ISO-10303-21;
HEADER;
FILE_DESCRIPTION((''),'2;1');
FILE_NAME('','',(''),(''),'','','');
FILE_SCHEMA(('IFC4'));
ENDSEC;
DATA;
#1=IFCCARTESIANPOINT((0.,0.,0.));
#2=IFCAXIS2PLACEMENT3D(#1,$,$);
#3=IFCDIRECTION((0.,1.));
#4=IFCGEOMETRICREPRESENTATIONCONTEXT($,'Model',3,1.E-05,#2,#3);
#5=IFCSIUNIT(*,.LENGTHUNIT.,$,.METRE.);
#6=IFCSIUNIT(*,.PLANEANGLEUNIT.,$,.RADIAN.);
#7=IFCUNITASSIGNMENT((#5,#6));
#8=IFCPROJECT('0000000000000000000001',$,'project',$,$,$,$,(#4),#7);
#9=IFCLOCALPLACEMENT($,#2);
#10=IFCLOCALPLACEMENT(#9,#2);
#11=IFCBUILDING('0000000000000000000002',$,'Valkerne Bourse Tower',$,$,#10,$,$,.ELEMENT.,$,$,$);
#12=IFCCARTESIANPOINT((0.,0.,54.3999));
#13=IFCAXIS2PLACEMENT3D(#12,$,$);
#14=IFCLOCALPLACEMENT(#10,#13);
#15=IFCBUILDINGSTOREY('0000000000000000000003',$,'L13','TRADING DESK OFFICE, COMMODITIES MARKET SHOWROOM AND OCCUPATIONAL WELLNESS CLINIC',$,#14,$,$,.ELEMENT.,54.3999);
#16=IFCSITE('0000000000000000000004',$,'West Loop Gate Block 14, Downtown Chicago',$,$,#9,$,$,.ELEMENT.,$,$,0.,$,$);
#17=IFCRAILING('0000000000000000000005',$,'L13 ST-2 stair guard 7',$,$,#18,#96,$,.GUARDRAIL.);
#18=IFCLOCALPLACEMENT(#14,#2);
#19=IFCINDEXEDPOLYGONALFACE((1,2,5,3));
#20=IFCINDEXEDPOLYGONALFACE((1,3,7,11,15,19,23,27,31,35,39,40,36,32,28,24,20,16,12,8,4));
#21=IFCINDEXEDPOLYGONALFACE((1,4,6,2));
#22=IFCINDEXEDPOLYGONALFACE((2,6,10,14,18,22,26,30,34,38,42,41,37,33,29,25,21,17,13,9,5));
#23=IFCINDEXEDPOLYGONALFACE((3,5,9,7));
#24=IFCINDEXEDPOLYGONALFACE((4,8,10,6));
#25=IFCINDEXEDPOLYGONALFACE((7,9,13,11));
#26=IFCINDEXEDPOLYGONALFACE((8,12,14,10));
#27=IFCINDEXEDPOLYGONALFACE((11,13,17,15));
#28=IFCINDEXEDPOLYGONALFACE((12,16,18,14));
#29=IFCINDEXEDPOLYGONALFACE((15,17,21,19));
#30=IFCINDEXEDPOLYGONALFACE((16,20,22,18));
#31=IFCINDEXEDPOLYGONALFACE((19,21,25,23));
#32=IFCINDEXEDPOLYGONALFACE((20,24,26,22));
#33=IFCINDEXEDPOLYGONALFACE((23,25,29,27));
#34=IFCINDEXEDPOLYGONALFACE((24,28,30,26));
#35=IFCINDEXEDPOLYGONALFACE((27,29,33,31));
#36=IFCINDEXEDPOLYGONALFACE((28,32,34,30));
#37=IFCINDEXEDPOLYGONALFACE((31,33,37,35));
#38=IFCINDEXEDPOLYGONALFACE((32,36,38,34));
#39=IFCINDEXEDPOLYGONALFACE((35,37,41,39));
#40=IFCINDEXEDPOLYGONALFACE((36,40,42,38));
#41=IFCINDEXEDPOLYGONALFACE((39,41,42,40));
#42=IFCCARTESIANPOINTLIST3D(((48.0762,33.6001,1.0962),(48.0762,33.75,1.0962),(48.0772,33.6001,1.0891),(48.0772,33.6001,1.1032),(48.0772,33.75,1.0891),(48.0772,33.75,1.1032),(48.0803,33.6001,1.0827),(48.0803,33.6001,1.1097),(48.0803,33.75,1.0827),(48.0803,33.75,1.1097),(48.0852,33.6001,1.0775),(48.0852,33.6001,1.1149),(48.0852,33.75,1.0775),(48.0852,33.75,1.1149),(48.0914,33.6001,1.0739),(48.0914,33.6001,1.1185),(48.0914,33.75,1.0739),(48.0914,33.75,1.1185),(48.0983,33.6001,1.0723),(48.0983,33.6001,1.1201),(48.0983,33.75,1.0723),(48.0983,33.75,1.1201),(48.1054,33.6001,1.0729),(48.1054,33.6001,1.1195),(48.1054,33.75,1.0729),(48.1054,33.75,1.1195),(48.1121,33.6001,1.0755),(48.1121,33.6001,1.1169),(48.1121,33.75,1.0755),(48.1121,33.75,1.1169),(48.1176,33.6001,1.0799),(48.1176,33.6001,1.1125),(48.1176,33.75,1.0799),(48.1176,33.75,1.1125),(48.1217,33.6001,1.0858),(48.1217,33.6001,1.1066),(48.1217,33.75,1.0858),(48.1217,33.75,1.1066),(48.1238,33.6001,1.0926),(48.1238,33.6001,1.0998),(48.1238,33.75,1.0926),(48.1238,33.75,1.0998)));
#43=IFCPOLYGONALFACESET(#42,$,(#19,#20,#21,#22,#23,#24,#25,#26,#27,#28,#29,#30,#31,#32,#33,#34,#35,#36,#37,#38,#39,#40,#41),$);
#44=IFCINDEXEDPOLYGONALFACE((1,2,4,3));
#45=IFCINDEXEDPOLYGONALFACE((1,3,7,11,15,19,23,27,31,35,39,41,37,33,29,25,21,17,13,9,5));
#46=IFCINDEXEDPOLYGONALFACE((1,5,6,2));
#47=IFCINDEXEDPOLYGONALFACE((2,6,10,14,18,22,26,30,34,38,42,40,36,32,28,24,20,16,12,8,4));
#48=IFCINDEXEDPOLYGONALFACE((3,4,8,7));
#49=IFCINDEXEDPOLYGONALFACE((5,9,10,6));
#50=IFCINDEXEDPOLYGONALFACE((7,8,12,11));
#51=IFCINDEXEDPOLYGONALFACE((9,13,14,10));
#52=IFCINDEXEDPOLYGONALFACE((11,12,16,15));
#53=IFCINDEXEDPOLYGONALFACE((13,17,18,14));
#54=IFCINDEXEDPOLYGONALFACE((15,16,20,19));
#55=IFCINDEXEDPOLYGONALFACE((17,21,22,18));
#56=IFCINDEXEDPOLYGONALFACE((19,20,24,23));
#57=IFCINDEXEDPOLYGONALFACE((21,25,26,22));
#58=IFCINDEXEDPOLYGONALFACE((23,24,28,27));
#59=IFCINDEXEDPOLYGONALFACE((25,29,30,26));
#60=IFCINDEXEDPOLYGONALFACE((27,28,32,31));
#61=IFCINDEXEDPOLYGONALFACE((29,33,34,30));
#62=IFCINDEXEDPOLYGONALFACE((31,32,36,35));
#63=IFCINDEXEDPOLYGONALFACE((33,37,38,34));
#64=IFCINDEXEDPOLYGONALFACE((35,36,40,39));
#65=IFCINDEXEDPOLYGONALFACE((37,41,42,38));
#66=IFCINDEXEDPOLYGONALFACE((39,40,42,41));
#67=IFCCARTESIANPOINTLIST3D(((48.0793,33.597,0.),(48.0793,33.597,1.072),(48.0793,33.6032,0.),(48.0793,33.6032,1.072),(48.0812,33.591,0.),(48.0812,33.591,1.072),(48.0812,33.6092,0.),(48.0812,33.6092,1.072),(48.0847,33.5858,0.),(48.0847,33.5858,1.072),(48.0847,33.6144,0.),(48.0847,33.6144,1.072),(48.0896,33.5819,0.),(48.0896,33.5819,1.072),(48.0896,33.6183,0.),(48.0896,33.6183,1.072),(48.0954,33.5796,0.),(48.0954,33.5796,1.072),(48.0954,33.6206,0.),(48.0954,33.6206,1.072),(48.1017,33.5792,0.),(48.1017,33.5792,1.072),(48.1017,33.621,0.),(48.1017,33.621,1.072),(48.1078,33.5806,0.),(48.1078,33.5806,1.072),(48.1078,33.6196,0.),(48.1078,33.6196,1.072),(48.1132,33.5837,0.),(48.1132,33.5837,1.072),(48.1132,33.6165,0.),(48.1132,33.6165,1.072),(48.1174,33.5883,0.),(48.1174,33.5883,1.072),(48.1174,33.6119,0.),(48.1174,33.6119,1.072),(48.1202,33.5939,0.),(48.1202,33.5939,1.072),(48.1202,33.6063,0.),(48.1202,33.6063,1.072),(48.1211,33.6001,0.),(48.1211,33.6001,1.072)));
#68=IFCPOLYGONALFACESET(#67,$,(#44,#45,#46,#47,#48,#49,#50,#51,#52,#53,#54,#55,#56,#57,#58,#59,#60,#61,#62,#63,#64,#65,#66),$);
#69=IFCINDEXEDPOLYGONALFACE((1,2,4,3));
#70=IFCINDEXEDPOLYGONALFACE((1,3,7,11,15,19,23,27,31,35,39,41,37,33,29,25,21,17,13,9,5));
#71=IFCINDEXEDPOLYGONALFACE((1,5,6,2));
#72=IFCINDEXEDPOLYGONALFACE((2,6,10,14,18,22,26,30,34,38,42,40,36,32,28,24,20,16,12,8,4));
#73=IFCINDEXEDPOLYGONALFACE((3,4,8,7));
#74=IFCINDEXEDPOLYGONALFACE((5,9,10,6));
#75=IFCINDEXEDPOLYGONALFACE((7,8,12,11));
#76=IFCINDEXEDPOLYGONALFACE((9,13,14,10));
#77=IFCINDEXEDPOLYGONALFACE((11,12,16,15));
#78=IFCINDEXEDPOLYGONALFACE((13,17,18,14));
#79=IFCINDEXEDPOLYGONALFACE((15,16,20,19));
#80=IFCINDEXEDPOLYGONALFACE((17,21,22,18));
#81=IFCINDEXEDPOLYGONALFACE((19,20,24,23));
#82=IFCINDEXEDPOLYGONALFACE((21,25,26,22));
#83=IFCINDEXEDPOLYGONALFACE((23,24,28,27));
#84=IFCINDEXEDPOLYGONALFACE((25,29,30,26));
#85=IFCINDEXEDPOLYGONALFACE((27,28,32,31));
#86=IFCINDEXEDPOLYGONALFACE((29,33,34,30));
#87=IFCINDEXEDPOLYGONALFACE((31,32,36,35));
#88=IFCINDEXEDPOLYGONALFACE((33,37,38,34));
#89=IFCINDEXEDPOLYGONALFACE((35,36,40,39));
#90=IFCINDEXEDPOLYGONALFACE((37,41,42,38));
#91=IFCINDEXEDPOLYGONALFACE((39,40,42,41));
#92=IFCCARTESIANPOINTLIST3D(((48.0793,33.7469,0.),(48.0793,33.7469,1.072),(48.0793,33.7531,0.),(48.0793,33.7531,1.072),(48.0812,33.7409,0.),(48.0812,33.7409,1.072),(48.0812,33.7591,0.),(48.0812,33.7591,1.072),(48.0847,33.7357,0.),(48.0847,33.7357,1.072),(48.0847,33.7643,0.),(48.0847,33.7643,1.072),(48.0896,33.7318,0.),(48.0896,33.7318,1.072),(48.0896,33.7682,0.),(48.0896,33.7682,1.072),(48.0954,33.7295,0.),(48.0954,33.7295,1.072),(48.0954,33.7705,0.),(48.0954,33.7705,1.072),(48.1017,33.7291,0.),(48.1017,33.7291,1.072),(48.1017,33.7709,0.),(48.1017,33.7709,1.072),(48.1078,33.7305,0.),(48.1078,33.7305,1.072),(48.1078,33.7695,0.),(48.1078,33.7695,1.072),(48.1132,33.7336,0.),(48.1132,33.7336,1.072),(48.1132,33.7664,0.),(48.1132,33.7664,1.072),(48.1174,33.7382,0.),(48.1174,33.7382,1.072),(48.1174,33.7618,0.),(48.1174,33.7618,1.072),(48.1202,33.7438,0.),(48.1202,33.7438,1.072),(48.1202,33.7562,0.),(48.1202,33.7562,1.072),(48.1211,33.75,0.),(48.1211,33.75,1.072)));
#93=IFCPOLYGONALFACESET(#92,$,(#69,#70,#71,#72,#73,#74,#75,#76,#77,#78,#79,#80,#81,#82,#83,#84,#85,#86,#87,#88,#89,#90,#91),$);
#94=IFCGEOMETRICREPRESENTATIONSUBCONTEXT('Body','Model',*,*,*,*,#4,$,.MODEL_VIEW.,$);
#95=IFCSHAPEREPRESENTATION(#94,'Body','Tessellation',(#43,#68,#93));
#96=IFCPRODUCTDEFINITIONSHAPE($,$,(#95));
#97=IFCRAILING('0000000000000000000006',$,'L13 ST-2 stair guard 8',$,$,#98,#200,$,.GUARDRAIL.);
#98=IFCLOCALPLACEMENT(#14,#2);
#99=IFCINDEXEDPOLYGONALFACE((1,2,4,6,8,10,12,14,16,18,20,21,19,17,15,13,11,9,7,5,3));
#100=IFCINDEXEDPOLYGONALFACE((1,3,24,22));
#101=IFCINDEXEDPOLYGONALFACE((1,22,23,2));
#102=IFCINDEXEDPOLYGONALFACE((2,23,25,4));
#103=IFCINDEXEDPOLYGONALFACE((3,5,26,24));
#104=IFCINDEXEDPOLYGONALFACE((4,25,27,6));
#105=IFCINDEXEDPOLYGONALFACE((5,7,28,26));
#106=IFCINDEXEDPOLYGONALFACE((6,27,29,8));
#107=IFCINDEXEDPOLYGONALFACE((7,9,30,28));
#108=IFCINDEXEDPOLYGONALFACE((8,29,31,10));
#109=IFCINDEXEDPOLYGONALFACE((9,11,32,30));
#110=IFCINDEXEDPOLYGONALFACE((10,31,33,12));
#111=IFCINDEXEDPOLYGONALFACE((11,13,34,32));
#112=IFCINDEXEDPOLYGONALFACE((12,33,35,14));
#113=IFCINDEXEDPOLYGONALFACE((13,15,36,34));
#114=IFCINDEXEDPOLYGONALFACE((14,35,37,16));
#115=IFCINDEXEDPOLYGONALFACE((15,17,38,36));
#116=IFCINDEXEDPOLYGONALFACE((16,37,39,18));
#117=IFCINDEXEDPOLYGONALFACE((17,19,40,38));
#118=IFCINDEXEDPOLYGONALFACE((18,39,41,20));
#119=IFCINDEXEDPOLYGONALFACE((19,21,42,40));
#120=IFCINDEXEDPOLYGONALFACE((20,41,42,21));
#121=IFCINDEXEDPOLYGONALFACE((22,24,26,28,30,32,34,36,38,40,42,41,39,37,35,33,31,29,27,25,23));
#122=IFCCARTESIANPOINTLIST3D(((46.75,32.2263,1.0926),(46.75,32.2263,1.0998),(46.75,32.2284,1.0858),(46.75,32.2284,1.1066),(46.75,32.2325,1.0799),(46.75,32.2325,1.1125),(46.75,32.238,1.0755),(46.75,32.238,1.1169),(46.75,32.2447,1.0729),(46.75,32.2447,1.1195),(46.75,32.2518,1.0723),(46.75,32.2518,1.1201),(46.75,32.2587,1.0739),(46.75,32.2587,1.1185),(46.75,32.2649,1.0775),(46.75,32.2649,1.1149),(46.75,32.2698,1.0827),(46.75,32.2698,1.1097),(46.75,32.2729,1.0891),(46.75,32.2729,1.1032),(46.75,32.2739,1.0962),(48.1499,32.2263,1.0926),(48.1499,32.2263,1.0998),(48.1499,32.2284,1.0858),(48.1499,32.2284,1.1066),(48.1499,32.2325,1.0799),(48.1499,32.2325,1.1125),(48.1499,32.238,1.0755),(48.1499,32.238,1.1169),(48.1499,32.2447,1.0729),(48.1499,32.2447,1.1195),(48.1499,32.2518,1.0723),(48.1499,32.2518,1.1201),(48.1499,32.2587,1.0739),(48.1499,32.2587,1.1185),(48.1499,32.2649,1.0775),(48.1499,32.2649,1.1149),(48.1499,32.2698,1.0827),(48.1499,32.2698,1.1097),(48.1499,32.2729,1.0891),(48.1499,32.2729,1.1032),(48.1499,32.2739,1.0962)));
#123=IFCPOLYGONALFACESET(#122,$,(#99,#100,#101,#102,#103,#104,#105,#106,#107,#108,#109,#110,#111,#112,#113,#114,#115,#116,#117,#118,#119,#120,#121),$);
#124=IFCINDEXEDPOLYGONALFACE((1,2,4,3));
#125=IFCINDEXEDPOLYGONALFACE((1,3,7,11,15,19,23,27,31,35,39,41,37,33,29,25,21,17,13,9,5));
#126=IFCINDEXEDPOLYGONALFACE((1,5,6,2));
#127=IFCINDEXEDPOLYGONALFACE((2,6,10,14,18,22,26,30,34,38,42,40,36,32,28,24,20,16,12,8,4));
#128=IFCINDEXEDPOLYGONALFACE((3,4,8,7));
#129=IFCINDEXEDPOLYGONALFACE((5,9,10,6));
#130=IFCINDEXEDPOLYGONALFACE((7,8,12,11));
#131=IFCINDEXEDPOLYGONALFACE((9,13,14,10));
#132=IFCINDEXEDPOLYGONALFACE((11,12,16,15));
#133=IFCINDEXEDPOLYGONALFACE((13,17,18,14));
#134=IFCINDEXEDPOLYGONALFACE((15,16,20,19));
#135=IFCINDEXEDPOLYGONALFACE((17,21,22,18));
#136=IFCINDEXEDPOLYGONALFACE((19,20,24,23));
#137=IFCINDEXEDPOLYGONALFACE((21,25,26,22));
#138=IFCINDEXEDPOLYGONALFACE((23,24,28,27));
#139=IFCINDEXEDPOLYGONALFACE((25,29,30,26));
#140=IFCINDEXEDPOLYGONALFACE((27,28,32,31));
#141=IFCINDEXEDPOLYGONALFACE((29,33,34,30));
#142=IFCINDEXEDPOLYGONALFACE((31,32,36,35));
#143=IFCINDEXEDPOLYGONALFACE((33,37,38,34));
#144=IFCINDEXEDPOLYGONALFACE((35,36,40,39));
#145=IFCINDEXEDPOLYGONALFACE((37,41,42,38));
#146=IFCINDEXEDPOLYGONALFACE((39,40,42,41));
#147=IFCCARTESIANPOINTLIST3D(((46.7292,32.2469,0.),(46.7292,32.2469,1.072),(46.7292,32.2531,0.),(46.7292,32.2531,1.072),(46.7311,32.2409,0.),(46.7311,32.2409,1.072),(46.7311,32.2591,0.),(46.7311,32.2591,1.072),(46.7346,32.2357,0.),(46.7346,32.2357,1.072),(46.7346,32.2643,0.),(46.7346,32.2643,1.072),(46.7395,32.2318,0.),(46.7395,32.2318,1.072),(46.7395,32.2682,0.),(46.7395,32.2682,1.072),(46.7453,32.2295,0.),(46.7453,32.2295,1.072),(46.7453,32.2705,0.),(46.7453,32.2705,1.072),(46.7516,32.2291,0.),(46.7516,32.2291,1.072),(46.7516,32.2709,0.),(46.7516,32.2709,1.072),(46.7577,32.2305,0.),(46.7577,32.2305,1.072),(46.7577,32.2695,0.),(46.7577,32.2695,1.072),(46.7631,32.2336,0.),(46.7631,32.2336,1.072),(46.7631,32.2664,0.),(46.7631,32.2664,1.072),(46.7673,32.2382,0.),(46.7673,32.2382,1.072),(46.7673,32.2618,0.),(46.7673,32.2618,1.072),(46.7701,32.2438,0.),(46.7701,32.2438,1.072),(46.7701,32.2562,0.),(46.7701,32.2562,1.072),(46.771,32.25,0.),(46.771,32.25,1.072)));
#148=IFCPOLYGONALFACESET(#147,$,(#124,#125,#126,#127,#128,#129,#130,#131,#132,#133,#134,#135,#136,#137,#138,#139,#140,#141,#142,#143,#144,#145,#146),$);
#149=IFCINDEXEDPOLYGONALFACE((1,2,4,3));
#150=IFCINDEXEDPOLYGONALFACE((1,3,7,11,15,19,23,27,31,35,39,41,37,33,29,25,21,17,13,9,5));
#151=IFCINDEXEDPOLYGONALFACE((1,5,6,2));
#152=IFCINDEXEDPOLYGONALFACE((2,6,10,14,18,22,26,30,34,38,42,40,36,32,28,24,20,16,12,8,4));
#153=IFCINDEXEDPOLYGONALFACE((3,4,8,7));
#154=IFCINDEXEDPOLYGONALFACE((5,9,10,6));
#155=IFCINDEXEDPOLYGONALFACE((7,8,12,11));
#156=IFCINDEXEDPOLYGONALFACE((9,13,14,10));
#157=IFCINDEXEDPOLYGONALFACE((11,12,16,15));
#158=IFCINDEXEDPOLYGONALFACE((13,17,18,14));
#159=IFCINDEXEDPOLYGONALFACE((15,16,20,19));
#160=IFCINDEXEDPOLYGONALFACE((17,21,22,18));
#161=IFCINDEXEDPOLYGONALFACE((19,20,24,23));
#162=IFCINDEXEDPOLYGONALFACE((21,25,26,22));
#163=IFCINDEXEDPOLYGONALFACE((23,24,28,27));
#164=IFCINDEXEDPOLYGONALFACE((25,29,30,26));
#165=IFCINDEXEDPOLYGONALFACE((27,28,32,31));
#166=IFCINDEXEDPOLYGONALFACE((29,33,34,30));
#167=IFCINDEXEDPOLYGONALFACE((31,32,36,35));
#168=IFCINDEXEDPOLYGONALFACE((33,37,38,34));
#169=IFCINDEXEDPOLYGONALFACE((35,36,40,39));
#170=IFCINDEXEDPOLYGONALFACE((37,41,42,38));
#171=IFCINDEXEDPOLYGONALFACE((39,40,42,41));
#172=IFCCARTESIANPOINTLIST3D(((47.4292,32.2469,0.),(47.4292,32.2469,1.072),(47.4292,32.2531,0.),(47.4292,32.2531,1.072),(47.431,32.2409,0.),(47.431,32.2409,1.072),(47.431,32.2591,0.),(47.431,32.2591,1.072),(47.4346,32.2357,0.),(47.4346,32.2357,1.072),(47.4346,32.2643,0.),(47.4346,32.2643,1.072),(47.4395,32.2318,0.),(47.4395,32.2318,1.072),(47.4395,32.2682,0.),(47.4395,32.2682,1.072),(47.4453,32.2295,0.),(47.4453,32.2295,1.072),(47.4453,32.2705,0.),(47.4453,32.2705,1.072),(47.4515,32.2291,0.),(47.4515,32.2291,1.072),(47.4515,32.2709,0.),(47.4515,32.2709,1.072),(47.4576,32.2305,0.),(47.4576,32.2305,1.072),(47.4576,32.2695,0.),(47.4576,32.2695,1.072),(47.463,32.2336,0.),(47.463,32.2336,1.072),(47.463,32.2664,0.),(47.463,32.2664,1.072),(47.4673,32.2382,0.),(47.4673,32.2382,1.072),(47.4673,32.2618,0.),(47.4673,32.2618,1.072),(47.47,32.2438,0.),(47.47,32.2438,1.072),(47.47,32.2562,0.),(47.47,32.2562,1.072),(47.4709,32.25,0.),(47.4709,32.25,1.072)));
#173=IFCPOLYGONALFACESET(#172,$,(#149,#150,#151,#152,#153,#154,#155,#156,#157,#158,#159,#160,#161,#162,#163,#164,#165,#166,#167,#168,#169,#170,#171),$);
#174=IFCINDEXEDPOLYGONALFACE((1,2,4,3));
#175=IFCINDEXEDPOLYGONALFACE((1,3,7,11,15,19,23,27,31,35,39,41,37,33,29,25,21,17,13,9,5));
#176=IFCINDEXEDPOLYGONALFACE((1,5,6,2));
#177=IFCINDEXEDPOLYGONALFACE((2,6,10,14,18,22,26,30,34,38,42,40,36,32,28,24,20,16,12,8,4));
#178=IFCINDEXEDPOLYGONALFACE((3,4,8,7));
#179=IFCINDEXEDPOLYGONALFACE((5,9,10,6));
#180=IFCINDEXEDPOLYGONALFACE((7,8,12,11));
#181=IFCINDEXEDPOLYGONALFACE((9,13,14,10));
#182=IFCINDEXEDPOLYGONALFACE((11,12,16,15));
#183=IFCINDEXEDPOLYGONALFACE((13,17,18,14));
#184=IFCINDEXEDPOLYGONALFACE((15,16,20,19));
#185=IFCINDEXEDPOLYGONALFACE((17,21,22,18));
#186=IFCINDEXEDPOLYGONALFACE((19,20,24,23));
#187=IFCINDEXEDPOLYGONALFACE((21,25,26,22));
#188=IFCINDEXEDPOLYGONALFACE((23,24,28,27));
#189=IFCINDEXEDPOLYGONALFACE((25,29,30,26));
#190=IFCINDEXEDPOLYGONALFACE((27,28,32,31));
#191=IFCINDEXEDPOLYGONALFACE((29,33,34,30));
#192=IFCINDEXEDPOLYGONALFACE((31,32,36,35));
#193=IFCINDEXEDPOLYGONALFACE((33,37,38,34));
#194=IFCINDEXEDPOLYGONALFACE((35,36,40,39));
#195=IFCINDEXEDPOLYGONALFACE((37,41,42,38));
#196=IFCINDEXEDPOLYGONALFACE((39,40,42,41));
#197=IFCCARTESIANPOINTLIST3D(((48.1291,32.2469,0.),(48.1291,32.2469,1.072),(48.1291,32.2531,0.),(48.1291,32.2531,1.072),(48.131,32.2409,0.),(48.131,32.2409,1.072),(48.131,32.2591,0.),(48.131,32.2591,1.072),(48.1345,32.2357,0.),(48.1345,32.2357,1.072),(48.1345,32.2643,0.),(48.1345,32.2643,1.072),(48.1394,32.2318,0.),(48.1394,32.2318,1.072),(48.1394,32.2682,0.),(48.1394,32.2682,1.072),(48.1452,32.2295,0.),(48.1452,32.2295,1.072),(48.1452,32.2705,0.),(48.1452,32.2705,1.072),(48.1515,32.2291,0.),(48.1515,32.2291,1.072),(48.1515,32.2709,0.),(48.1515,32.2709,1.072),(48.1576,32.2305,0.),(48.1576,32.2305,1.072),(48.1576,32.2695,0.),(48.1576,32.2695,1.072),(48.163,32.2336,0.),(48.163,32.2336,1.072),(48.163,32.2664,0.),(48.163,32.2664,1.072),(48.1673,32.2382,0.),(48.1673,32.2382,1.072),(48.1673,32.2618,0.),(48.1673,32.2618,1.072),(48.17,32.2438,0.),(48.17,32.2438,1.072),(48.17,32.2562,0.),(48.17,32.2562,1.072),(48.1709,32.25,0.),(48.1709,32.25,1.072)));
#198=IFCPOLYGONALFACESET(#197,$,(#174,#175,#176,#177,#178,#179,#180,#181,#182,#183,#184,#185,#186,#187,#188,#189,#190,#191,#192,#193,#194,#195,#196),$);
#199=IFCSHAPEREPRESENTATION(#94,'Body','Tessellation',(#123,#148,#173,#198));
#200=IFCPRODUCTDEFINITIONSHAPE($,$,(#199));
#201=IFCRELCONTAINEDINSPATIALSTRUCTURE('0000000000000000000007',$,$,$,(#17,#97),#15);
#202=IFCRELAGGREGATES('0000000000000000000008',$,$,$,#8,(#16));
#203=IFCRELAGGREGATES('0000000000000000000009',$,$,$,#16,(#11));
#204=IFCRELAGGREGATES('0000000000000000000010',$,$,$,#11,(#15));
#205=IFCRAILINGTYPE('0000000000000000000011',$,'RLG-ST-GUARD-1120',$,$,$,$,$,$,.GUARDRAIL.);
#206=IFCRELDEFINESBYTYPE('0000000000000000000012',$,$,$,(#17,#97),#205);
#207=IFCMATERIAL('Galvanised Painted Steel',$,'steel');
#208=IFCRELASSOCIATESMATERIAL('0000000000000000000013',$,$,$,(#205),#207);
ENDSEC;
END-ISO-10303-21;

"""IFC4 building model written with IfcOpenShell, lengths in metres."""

from ifc_helpers import new_model, si_unit, direction, frame, origin, origin_2d, place, context, subcontext, project, spatial, circle, extrude, material, type_object, element, save


model = new_model("IFC4")

# Units and contexts
model_context = context("Model", 3, precision=1e-05, world=origin(), true_north=direction((0.0, 1.0)))
body_context = subcontext(model_context, "Body", "Model", "MODEL_VIEW")
ifc_project = project(units=[si_unit("LENGTHUNIT", "METRE"), si_unit("PLANEANGLEUNIT", "RADIAN")], contexts=[model_context])

# Site, building, storey
site_placement = place(None, origin())
site = spatial("IfcSite", under=ifc_project, at=site_placement, Name="West Loop Gate Block 14, Downtown Chicago", CompositionType="ELEMENT", RefElevation=0.0)
building_placement = place(site_placement, origin())
building = spatial("IfcBuilding", under=site, at=building_placement, Name="Valkerne Bourse Tower", CompositionType="ELEMENT")
storey_placement = place(building_placement, frame((0.0, 0.0, 54.3999)))
storey = spatial("IfcBuildingStorey", under=building, at=storey_placement, Name="L13", Description="TRADING DESK OFFICE, COMMODITIES MARKET SHOWROOM AND OCCUPATIONAL WELLNESS CLINIC", CompositionType="ELEMENT", Elevation=54.3999)

# Shared definitions
ifc_material_1 = material(Name="Galvanised Painted Steel", Category="steel")

# Railings
railing_type_1 = type_object("IfcRailingType", Name="RLG-ST-GUARD-1120", PredefinedType="GUARDRAIL", material=ifc_material_1)
railing_1_placement = place(storey_placement, frame((48.1001, 33.6001, 0.0)))
element("IfcRailing", 1, at=railing_1_placement, inside=storey, type_object=railing_type_1, Name="L13 ST-2 stair guard 7", PredefinedType="GUARDRAIL", context=body_context, shape_type="SweptSolid", body=[
    extrude(circle(Radius=0.0239, at=origin_2d()), frame((0.0, 0.0, 1.0962), z_axis=(0.0, 1.0, 0.0), x_axis=(-1.0, 0.0, 0.0)), (0.0, 0.0, 1.0), 0.1499),
    extrude(circle(Radius=0.021, at=origin_2d()), origin(), (0.0, 0.0, 1.0), 1.072),
    extrude(circle(Radius=0.021, at=origin_2d()), frame((0.0, 0.1499, 0.0)), (0.0, 0.0, 1.0), 1.072),
])
for number, where, name in (
    (2, (46.75, 32.25, 0.0), "L13 ST-2 stair guard 8"),
):
    element("IfcRailing", number, at=place(storey_placement, frame(where)), inside=storey, type_object=railing_type_1, Name=name, PredefinedType="GUARDRAIL", context=body_context, shape_type="SweptSolid", body=[
        extrude(circle(Radius=0.0239, at=origin_2d()), frame((0.0, 0.0, 1.0962), z_axis=(1.0, 0.0, 0.0), x_axis=(0.0, 1.0, 0.0)), (0.0, 0.0, 1.0), 1.3999),
        extrude(circle(Radius=0.021, at=origin_2d()), origin(), (0.0, 0.0, 1.0), 1.072),
        extrude(circle(Radius=0.021, at=origin_2d()), frame((0.7, 0.0, 0.0)), (0.0, 0.0, 1.0), 1.072),
        extrude(circle(Radius=0.021, at=origin_2d()), frame((1.3999, 0.0, 0.0)), (0.0, 0.0, 1.0), 1.072),
    ])

save(model, "model.ifc")
